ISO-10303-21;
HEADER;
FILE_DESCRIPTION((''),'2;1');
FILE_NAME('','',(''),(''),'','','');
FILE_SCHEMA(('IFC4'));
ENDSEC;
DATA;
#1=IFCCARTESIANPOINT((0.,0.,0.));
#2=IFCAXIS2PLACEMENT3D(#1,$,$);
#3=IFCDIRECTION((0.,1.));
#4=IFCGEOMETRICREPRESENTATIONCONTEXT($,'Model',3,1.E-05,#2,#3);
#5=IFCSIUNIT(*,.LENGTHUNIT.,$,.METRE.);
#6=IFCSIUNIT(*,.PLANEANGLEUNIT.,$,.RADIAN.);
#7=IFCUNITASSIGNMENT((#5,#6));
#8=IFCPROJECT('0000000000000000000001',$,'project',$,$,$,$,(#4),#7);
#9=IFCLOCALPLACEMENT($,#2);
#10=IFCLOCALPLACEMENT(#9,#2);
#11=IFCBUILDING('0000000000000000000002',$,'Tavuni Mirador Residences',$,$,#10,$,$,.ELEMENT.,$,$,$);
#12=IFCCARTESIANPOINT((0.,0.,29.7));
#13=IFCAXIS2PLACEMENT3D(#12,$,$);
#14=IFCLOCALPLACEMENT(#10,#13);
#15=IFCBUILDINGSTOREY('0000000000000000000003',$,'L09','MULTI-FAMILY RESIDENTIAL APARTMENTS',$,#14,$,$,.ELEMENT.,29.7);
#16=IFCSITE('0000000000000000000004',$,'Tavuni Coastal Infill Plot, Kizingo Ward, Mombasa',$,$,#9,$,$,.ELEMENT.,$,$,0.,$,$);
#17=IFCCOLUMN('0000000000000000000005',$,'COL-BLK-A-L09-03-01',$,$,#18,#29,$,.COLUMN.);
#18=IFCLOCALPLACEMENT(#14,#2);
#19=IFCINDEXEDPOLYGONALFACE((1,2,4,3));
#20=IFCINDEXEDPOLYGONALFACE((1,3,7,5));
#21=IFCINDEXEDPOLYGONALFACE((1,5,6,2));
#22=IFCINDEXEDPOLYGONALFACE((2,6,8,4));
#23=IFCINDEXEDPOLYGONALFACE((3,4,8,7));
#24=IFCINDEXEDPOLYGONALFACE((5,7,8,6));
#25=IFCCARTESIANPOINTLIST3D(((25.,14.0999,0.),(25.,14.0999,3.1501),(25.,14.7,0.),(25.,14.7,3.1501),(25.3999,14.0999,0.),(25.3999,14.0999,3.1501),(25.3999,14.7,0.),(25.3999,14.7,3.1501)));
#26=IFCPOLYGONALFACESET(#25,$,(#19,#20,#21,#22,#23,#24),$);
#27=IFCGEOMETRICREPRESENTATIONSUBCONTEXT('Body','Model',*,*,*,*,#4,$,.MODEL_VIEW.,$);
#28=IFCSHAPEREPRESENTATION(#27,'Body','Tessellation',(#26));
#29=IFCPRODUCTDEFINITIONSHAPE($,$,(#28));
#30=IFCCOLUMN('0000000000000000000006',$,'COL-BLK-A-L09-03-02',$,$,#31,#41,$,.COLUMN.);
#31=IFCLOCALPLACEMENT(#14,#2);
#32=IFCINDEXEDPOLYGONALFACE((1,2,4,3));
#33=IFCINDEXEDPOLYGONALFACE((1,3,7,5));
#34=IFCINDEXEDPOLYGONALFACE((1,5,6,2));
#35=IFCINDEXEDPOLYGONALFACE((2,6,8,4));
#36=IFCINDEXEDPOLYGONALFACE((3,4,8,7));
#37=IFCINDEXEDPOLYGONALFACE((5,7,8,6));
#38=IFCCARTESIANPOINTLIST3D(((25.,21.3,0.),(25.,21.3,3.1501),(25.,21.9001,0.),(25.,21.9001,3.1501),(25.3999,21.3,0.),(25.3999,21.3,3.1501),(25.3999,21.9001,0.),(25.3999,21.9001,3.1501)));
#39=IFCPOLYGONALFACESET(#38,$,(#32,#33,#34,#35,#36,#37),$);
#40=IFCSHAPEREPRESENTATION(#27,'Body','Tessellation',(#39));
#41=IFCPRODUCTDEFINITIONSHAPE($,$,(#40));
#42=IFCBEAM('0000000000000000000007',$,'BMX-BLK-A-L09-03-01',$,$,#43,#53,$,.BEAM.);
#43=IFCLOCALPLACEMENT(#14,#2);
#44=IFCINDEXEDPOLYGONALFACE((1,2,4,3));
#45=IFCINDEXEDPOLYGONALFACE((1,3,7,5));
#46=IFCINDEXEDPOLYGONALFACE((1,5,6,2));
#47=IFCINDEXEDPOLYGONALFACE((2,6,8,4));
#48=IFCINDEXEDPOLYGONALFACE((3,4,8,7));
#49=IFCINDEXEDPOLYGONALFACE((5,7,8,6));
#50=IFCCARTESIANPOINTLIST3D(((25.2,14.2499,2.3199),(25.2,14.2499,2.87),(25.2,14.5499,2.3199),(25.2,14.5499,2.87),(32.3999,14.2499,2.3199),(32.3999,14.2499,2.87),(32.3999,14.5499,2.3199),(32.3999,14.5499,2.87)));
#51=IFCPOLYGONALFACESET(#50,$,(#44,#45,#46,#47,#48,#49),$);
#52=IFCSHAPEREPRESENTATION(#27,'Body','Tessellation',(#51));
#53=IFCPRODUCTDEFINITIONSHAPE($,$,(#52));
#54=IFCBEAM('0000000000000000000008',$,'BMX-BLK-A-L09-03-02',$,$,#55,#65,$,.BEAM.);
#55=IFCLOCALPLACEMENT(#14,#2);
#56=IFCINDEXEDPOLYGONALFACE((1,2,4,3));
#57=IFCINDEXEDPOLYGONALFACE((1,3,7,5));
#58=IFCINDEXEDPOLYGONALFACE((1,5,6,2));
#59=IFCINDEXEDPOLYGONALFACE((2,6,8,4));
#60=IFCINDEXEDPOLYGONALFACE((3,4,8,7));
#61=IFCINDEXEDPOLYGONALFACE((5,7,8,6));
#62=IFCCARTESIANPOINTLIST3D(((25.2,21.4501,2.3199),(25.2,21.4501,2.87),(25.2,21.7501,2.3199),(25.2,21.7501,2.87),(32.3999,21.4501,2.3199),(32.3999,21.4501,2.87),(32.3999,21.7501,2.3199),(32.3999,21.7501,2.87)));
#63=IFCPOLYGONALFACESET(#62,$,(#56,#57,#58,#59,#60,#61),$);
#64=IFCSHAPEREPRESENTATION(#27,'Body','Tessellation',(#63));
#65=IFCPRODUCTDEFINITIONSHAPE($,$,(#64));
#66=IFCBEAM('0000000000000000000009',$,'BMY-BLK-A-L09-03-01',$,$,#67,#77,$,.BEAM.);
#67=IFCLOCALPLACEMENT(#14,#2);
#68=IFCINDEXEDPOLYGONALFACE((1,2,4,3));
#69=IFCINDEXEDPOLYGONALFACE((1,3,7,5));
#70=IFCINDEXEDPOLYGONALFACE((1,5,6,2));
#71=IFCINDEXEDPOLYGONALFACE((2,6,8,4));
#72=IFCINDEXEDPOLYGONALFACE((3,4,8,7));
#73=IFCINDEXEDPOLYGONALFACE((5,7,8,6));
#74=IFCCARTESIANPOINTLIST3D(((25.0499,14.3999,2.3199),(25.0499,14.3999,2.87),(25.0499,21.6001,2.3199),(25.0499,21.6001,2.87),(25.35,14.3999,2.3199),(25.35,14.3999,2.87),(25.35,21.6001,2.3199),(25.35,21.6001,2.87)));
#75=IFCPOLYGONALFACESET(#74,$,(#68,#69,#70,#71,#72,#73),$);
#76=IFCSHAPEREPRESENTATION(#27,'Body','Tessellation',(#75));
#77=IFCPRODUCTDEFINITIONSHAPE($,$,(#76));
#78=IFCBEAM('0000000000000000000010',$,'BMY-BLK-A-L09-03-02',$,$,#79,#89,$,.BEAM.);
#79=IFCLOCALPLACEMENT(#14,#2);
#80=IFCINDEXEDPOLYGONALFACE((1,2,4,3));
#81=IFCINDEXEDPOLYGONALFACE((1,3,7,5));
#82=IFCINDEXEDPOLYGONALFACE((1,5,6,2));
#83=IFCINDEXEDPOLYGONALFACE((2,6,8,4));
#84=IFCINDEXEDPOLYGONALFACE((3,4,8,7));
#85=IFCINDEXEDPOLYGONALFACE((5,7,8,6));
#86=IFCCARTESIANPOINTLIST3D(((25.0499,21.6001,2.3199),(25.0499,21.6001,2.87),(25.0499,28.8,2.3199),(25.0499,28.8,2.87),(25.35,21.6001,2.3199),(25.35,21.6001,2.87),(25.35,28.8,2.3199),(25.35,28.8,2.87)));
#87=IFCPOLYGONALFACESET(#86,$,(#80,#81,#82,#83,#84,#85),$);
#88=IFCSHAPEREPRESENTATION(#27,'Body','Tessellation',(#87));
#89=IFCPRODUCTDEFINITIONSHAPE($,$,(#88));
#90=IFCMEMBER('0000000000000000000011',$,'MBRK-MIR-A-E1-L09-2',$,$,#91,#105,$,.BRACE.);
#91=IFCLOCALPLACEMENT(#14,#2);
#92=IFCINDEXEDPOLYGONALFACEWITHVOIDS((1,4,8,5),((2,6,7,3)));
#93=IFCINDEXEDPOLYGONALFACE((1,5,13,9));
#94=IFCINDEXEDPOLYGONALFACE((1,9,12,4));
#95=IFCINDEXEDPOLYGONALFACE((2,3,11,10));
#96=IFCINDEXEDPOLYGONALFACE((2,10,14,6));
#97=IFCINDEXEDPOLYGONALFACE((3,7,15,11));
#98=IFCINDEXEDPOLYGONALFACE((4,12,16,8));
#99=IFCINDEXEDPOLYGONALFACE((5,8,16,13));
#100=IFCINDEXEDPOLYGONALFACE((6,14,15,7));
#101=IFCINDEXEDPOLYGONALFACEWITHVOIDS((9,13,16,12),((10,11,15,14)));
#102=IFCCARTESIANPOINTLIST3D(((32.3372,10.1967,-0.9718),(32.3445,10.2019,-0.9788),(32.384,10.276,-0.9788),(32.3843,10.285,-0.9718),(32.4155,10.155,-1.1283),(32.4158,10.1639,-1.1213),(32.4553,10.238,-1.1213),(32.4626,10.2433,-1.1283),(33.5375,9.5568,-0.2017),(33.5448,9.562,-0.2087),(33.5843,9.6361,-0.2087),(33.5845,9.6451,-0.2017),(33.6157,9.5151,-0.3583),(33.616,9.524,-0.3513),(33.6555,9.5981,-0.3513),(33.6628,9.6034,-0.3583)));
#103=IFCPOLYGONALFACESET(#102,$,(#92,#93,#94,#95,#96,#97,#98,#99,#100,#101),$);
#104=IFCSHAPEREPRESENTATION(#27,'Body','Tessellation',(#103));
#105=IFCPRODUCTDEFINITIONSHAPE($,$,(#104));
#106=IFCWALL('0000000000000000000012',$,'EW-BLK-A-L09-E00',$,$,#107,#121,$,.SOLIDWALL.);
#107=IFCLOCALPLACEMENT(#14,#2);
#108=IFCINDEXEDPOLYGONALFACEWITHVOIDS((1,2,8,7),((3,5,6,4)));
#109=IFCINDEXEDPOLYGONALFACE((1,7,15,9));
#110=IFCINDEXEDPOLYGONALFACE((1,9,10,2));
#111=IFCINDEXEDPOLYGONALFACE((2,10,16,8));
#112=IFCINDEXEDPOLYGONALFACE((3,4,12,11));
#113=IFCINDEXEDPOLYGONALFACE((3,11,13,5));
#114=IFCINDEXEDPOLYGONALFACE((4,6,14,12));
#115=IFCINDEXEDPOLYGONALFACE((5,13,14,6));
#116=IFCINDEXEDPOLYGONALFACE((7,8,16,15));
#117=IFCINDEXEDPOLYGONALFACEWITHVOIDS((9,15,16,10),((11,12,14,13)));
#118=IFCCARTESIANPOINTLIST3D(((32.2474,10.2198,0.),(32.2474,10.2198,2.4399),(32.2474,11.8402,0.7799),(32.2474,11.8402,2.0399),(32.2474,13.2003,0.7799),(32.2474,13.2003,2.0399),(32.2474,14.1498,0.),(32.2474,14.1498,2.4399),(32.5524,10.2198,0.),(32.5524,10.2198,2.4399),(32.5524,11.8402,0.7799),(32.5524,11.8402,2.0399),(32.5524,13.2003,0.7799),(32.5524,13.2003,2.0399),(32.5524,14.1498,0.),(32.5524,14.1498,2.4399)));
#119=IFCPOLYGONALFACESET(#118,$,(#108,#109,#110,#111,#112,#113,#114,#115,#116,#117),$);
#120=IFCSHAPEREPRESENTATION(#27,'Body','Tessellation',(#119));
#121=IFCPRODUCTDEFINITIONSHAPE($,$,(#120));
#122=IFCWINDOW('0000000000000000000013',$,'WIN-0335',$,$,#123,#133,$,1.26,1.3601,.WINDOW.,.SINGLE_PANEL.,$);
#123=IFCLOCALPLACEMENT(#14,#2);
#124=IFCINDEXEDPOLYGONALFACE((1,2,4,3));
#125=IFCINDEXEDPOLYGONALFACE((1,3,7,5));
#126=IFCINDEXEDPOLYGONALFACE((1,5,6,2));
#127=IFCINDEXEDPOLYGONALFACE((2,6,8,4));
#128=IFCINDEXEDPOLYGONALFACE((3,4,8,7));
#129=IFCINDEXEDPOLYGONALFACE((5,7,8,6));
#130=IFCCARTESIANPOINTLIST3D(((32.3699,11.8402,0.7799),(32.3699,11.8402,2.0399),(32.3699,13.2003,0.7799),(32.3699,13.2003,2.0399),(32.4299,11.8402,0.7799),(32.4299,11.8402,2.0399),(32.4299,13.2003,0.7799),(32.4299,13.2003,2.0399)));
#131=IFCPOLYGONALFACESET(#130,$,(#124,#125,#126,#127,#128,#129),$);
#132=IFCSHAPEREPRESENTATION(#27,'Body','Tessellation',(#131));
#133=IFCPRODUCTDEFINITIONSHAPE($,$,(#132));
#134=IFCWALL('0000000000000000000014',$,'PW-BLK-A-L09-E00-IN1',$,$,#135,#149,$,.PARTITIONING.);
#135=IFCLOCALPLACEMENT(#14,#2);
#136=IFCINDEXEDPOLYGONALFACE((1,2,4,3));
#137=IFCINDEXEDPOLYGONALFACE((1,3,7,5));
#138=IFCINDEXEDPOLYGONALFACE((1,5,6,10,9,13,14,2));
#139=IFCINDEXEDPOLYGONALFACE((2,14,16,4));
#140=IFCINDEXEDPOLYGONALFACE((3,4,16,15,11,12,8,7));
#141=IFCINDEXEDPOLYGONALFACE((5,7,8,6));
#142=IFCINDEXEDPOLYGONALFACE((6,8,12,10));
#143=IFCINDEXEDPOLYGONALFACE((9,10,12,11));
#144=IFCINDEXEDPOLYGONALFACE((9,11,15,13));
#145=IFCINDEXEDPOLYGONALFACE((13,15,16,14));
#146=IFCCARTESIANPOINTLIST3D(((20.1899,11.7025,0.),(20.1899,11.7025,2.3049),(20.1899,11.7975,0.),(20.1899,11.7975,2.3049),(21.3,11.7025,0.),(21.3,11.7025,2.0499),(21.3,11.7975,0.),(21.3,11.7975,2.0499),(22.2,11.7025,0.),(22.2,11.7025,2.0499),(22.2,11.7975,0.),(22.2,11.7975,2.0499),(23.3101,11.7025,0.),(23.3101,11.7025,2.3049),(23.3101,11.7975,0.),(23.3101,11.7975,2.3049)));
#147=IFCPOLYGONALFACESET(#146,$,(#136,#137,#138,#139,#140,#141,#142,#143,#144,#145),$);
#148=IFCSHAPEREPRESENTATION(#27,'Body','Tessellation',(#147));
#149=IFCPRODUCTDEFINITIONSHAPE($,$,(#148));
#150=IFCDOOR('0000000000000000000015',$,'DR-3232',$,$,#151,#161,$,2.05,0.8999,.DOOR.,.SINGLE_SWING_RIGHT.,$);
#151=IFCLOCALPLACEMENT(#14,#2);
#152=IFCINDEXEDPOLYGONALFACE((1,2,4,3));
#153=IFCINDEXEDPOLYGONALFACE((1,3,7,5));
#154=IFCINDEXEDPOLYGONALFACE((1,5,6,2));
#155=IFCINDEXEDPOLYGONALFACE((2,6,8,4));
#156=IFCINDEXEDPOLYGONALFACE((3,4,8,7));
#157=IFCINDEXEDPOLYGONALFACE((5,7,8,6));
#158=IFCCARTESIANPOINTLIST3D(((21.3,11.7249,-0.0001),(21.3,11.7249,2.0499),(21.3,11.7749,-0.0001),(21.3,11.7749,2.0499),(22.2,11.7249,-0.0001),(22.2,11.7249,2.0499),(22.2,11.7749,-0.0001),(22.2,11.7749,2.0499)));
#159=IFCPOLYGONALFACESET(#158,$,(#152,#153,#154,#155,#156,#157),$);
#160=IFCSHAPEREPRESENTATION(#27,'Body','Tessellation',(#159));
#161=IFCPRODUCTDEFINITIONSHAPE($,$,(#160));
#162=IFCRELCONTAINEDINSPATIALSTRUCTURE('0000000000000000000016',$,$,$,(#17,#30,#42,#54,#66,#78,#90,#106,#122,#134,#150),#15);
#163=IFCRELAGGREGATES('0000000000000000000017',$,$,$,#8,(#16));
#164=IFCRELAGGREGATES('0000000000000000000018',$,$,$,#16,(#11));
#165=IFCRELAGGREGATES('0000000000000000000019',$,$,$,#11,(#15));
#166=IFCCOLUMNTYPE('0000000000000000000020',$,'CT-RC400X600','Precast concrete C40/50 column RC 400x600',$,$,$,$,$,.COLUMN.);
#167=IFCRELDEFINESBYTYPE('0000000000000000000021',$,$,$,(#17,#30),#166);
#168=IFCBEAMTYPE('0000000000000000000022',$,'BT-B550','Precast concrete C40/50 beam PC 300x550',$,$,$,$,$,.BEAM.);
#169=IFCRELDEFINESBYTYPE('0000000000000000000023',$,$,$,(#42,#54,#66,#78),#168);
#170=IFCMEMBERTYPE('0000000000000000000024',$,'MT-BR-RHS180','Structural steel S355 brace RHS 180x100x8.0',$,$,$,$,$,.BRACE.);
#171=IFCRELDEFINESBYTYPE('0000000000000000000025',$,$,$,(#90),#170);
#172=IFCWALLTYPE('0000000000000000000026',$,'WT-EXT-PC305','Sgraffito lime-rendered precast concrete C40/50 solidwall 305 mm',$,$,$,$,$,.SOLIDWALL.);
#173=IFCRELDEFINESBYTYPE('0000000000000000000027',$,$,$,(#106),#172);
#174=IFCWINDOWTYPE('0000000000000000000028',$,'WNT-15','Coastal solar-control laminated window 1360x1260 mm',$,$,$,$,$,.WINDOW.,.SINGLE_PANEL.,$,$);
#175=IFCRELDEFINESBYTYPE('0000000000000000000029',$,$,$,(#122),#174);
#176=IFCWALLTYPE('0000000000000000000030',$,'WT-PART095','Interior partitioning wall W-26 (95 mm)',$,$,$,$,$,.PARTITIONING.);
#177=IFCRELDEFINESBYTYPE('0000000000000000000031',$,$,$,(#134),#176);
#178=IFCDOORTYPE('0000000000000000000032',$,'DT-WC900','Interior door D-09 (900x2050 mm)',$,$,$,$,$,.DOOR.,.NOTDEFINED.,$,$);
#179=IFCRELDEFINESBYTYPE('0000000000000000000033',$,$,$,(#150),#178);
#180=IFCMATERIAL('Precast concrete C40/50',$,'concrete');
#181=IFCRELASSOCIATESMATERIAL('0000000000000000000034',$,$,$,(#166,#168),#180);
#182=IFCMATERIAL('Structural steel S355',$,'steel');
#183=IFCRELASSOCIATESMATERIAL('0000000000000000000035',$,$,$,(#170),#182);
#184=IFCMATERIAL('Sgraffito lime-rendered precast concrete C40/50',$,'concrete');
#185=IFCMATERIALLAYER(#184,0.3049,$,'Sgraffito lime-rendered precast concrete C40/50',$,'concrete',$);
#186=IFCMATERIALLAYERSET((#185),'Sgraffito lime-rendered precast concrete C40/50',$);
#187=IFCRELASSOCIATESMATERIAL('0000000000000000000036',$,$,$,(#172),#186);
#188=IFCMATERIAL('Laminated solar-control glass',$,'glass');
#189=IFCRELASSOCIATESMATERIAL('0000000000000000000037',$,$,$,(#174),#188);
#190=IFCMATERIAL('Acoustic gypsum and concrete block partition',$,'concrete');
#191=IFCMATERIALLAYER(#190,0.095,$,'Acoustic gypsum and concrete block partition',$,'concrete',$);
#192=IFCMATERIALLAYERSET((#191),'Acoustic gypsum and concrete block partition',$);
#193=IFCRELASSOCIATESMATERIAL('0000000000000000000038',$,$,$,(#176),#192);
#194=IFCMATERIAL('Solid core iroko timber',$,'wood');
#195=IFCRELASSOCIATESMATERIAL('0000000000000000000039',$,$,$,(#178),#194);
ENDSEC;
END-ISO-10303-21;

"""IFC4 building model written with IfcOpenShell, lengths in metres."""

from ifc_helpers import new_model, si_unit, direction, frame, frame_2d, origin, origin_2d, place, context, subcontext, project, spatial, rectangle, hollow_rectangle, extrude, material, layer, layer_set, material_profile, profile_set, type_object, element, fill, save


model = new_model("IFC4")

# Units and contexts
model_context = context("Model", 3, precision=1e-05, world=origin(), true_north=direction((0.0, 1.0)))
body_context = subcontext(model_context, "Body", "Model", "MODEL_VIEW")
ifc_project = project(units=[si_unit("LENGTHUNIT", "METRE"), si_unit("PLANEANGLEUNIT", "RADIAN")], contexts=[model_context])

# Site, building, storey
site_placement = place(None, origin())
site = spatial("IfcSite", under=ifc_project, at=site_placement, Name="Tavuni Coastal Infill Plot, Kizingo Ward, Mombasa", CompositionType="ELEMENT", RefElevation=0.0)
building_placement = place(site_placement, origin())
building = spatial("IfcBuilding", under=site, at=building_placement, Name="Tavuni Mirador Residences", CompositionType="ELEMENT")
storey_placement = place(building_placement, frame((0.0, 0.0, 29.7)))
storey = spatial("IfcBuildingStorey", under=building, at=storey_placement, Name="L09", Description="MULTI-FAMILY RESIDENTIAL APARTMENTS", CompositionType="ELEMENT", Elevation=29.7)

# Columns
ifc_material_1 = material(Name="Precast concrete C40/50", Category="concrete")
ifc_material_profile_1 = material_profile(ifc_material_1, rectangle(XDim=0.3999, YDim=0.6001, at=origin_2d()), Name="RC 400x600", Category="concrete")
ifc_profile_set_1 = profile_set([ifc_material_profile_1], Name="Precast concrete C40/50")
column_type = type_object("IfcColumnType", Name="CT-RC400X600", Description="Precast concrete C40/50 column RC 400x600", PredefinedType="COLUMN", material=ifc_profile_set_1)
for number, where, z_axis, x_axis, name in (
    (1, (25.2, 14.3999, 0.0), (0.0, 0.0, 1.0), (1.0, 0.0, 0.0), "COL-BLK-A-L09-03-01"),
    (2, (25.2, 21.6001, 0.0), (0.0, 0.0, 1.0), (1.0, 0.0, 0.0), "COL-BLK-A-L09-03-02"),
):
    element("IfcColumn", number, at=place(storey_placement, frame(where, z_axis=z_axis, x_axis=x_axis)), inside=storey, type_object=column_type, Name=name, PredefinedType="COLUMN", context=body_context, shape_type="SweptSolid", body=[
        extrude(rectangle(XDim=0.3999, YDim=0.6001, at=origin_2d()), origin(), (0.0, 0.0, 1.0), 3.1501),
    ])

# Beams
ifc_material_profile_2 = material_profile(ifc_material_1, rectangle(XDim=0.3, YDim=0.55, at=origin_2d()), Name="PC 300x550", Category="concrete")
ifc_profile_set_2 = profile_set([ifc_material_profile_2], Name="Precast concrete C40/50")
beam_type = type_object("IfcBeamType", Name="BT-B550", Description="Precast concrete C40/50 beam PC 300x550", PredefinedType="BEAM", material=ifc_profile_set_2)
for number, where, z_axis, x_axis, name in (
    (3, (25.2, 14.3999, 2.595), (1.0, 0.0, 0.0), (0.0, 1.0, 0.0), "BMX-BLK-A-L09-03-01"),
    (4, (25.2, 21.6001, 2.595), (1.0, 0.0, 0.0), (0.0, 1.0, 0.0), "BMX-BLK-A-L09-03-02"),
):
    element("IfcBeam", number, at=place(storey_placement, frame(where, z_axis=z_axis, x_axis=x_axis)), inside=storey, type_object=beam_type, Name=name, PredefinedType="BEAM", context=body_context, shape_type="SweptSolid", body=[
        extrude(rectangle(XDim=0.3, YDim=0.55, at=origin_2d()), origin(), (0.0, 0.0, 1.0), 7.2),
    ])
beam_1_placement = place(storey_placement, frame((25.2, 14.3999, 2.595), z_axis=(0.0, 1.0, 0.0), x_axis=(-1.0, 0.0, 0.0)))
element("IfcBeam", 5, at=beam_1_placement, inside=storey, type_object=beam_type, Name="BMY-BLK-A-L09-03-01", PredefinedType="BEAM", context=body_context, shape_type="SweptSolid", body=[
    extrude(rectangle(XDim=0.3, YDim=0.55, at=origin_2d()), origin(), (0.0, 0.0, 1.0), 7.2002),
])
beam_2_placement = place(storey_placement, frame((25.2, 21.6001, 2.595), z_axis=(0.0, 1.0, 0.0), x_axis=(-1.0, 0.0, 0.0)))
element("IfcBeam", 6, at=beam_2_placement, inside=storey, type_object=beam_type, Name="BMY-BLK-A-L09-03-02", PredefinedType="BEAM", context=body_context, shape_type="SweptSolid", body=[
    extrude(rectangle(XDim=0.3, YDim=0.55, at=origin_2d()), origin(), (0.0, 0.0, 1.0), 7.2),
])

# Member
ifc_material_2 = material(Name="Structural steel S355", Category="steel")
ifc_material_profile_3 = material_profile(ifc_material_2, hollow_rectangle(XDim=0.1001, YDim=0.1799, WallThickness=0.0081, at=origin_2d()), Name="RHS 180x100x8.0", Category="steel")
ifc_profile_set_3 = profile_set([ifc_material_profile_3], Name="Structural steel S355")
member_type = type_object("IfcMemberType", Name="MT-BR-RHS180", Description="Structural steel S355 brace RHS 180x100x8.0", PredefinedType="BRACE", material=ifc_profile_set_3)
member_placement = place(storey_placement, frame((32.3999, 10.22, -1.05), z_axis=(0.767896, -0.409409, 0.492666), x_axis=(0.470467, 0.882418, 0.0)))
element("IfcMember", 7, at=member_placement, inside=storey, type_object=member_type, Name="MBRK-MIR-A-E1-L09-2", PredefinedType="BRACE", context=body_context, shape_type="SweptSolid", body=[
    extrude(hollow_rectangle(XDim=0.1001, YDim=0.1799, WallThickness=0.0081, at=origin_2d()), origin(), (0.0, 0.0, 1.0), 1.563),
])

# Wall, opening, window
ifc_material_3 = material(Name="Sgraffito lime-rendered precast concrete C40/50", Category="concrete")
ifc_layer_1 = layer(ifc_material_3, 0.3049, Name="Sgraffito lime-rendered precast concrete C40/50", Category="concrete")
ifc_layer_set_1 = layer_set([ifc_layer_1], Name="Sgraffito lime-rendered precast concrete C40/50")
wall_type_1 = type_object("IfcWallType", Name="WT-EXT-PC305", Description="Sgraffito lime-rendered precast concrete C40/50 solidwall 305 mm", PredefinedType="SOLIDWALL", material=ifc_layer_set_1)
wall_1_placement = place(storey_placement, frame((32.3999, 10.22, 0.0), z_axis=(0.0, 0.0, 1.0), x_axis=(0.0, 1.0, 0.0)))
wall_1 = element("IfcWall", 8, at=wall_1_placement, inside=storey, type_object=wall_type_1, Name="EW-BLK-A-L09-E00", PredefinedType="SOLIDWALL", context=body_context, shape_type="SweptSolid", body=[
    extrude(rectangle(XDim=3.9299, YDim=0.3049, at=frame_2d((1.9648, 0.0))), origin(), (0.0, 0.0, 1.0), 2.4399),
])
opening_1_placement = place(wall_1_placement, frame((1.6201, 0.0, 0.78)))
opening_1 = element("IfcOpeningElement", 9, at=opening_1_placement, cuts=wall_1, PredefinedType="OPENING", context=body_context, shape_type="SweptSolid", body=[
    extrude(rectangle(XDim=1.3601, YDim=1.26, at=frame_2d((0.6802, 0.6299))), frame((0.0, 0.1626, 0.0), z_axis=(0.0, -1.0, 0.0), x_axis=(1.0, 0.0, 0.0)), (0.0, 0.0, 1.0), 0.325),
])
ifc_material_4 = material(Name="Laminated solar-control glass", Category="glass")
window_type = type_object("IfcWindowType", Name="WNT-15", Description="Coastal solar-control laminated window 1360x1260 mm", PartitioningType="SINGLE_PANEL", PredefinedType="WINDOW", material=ifc_material_4)
window_placement = place(opening_1_placement, origin())
window = element("IfcWindow", 10, at=window_placement, inside=storey, type_object=window_type, Name="WIN-0335", OverallHeight=1.26, OverallWidth=1.3601, PartitioningType="SINGLE_PANEL", PredefinedType="WINDOW", context=body_context, shape_type="SweptSolid", body=[
    extrude(rectangle(XDim=1.3601, YDim=1.26, at=frame_2d((0.6802, 0.6299))), frame((0.0, 0.03, 0.0), z_axis=(0.0, -1.0, 0.0), x_axis=(1.0, 0.0, 0.0)), (0.0, 0.0, 1.0), 0.0601),
])
fill(opening_1, window)

# Wall, opening, door
ifc_material_5 = material(Name="Acoustic gypsum and concrete block partition", Category="concrete")
ifc_layer_2 = layer(ifc_material_5, 0.095, Name="Acoustic gypsum and concrete block partition", Category="concrete")
ifc_layer_set_2 = layer_set([ifc_layer_2], Name="Acoustic gypsum and concrete block partition")
wall_type_2 = type_object("IfcWallType", Name="WT-PART095", Description="Interior partitioning wall W-26 (95 mm)", PredefinedType="PARTITIONING", material=ifc_layer_set_2)
wall_2_placement = place(storey_placement, frame((20.1899, 11.75, 0.0), z_axis=(0.0, 0.0, 1.0), x_axis=(1.0, 0.0, 0.0)))
wall_2 = element("IfcWall", 11, at=wall_2_placement, inside=storey, type_object=wall_type_2, Name="PW-BLK-A-L09-E00-IN1", PredefinedType="PARTITIONING", context=body_context, shape_type="SweptSolid", body=[
    extrude(rectangle(XDim=3.1201, YDim=0.095, at=frame_2d((1.5601, 0.0))), origin(), (0.0, 0.0, 1.0), 2.3049),
])
opening_2_placement = place(wall_2_placement, frame((1.1101, 0.0, 0.0)))
opening_2 = element("IfcOpeningElement", 12, at=opening_2_placement, cuts=wall_2, PredefinedType="OPENING", context=body_context, shape_type="SweptSolid", body=[
    extrude(rectangle(XDim=0.8999, YDim=2.05, at=frame_2d((0.45, 1.0249))), frame((0.0, 0.0576, 0.0), z_axis=(0.0, -1.0, 0.0), x_axis=(1.0, 0.0, 0.0)), (0.0, 0.0, 1.0), 0.115),
])
ifc_material_6 = material(Name="Solid core iroko timber", Category="wood")
door_type_1 = type_object("IfcDoorType", Name="DT-WC900", Description="Interior door D-09 (900x2050 mm)", OperationType="NOTDEFINED", PredefinedType="DOOR", material=ifc_material_6)
door_1_placement = place(opening_2_placement, origin())
door_1 = element("IfcDoor", 13, at=door_1_placement, inside=storey, type_object=door_type_1, Name="DR-3232", OperationType="SINGLE_SWING_RIGHT", OverallHeight=2.05, OverallWidth=0.8999, PredefinedType="DOOR", context=body_context, shape_type="SweptSolid", body=[
    extrude(rectangle(XDim=0.8999, YDim=2.05, at=frame_2d((0.45, 1.0249))), frame((0.0, 0.0249, 0.0), z_axis=(0.0, -1.0, 0.0), x_axis=(1.0, 0.0, 0.0)), (0.0, 0.0, 1.0), 0.05),
])
fill(opening_2, door_1)

save(model, "model.ifc")
